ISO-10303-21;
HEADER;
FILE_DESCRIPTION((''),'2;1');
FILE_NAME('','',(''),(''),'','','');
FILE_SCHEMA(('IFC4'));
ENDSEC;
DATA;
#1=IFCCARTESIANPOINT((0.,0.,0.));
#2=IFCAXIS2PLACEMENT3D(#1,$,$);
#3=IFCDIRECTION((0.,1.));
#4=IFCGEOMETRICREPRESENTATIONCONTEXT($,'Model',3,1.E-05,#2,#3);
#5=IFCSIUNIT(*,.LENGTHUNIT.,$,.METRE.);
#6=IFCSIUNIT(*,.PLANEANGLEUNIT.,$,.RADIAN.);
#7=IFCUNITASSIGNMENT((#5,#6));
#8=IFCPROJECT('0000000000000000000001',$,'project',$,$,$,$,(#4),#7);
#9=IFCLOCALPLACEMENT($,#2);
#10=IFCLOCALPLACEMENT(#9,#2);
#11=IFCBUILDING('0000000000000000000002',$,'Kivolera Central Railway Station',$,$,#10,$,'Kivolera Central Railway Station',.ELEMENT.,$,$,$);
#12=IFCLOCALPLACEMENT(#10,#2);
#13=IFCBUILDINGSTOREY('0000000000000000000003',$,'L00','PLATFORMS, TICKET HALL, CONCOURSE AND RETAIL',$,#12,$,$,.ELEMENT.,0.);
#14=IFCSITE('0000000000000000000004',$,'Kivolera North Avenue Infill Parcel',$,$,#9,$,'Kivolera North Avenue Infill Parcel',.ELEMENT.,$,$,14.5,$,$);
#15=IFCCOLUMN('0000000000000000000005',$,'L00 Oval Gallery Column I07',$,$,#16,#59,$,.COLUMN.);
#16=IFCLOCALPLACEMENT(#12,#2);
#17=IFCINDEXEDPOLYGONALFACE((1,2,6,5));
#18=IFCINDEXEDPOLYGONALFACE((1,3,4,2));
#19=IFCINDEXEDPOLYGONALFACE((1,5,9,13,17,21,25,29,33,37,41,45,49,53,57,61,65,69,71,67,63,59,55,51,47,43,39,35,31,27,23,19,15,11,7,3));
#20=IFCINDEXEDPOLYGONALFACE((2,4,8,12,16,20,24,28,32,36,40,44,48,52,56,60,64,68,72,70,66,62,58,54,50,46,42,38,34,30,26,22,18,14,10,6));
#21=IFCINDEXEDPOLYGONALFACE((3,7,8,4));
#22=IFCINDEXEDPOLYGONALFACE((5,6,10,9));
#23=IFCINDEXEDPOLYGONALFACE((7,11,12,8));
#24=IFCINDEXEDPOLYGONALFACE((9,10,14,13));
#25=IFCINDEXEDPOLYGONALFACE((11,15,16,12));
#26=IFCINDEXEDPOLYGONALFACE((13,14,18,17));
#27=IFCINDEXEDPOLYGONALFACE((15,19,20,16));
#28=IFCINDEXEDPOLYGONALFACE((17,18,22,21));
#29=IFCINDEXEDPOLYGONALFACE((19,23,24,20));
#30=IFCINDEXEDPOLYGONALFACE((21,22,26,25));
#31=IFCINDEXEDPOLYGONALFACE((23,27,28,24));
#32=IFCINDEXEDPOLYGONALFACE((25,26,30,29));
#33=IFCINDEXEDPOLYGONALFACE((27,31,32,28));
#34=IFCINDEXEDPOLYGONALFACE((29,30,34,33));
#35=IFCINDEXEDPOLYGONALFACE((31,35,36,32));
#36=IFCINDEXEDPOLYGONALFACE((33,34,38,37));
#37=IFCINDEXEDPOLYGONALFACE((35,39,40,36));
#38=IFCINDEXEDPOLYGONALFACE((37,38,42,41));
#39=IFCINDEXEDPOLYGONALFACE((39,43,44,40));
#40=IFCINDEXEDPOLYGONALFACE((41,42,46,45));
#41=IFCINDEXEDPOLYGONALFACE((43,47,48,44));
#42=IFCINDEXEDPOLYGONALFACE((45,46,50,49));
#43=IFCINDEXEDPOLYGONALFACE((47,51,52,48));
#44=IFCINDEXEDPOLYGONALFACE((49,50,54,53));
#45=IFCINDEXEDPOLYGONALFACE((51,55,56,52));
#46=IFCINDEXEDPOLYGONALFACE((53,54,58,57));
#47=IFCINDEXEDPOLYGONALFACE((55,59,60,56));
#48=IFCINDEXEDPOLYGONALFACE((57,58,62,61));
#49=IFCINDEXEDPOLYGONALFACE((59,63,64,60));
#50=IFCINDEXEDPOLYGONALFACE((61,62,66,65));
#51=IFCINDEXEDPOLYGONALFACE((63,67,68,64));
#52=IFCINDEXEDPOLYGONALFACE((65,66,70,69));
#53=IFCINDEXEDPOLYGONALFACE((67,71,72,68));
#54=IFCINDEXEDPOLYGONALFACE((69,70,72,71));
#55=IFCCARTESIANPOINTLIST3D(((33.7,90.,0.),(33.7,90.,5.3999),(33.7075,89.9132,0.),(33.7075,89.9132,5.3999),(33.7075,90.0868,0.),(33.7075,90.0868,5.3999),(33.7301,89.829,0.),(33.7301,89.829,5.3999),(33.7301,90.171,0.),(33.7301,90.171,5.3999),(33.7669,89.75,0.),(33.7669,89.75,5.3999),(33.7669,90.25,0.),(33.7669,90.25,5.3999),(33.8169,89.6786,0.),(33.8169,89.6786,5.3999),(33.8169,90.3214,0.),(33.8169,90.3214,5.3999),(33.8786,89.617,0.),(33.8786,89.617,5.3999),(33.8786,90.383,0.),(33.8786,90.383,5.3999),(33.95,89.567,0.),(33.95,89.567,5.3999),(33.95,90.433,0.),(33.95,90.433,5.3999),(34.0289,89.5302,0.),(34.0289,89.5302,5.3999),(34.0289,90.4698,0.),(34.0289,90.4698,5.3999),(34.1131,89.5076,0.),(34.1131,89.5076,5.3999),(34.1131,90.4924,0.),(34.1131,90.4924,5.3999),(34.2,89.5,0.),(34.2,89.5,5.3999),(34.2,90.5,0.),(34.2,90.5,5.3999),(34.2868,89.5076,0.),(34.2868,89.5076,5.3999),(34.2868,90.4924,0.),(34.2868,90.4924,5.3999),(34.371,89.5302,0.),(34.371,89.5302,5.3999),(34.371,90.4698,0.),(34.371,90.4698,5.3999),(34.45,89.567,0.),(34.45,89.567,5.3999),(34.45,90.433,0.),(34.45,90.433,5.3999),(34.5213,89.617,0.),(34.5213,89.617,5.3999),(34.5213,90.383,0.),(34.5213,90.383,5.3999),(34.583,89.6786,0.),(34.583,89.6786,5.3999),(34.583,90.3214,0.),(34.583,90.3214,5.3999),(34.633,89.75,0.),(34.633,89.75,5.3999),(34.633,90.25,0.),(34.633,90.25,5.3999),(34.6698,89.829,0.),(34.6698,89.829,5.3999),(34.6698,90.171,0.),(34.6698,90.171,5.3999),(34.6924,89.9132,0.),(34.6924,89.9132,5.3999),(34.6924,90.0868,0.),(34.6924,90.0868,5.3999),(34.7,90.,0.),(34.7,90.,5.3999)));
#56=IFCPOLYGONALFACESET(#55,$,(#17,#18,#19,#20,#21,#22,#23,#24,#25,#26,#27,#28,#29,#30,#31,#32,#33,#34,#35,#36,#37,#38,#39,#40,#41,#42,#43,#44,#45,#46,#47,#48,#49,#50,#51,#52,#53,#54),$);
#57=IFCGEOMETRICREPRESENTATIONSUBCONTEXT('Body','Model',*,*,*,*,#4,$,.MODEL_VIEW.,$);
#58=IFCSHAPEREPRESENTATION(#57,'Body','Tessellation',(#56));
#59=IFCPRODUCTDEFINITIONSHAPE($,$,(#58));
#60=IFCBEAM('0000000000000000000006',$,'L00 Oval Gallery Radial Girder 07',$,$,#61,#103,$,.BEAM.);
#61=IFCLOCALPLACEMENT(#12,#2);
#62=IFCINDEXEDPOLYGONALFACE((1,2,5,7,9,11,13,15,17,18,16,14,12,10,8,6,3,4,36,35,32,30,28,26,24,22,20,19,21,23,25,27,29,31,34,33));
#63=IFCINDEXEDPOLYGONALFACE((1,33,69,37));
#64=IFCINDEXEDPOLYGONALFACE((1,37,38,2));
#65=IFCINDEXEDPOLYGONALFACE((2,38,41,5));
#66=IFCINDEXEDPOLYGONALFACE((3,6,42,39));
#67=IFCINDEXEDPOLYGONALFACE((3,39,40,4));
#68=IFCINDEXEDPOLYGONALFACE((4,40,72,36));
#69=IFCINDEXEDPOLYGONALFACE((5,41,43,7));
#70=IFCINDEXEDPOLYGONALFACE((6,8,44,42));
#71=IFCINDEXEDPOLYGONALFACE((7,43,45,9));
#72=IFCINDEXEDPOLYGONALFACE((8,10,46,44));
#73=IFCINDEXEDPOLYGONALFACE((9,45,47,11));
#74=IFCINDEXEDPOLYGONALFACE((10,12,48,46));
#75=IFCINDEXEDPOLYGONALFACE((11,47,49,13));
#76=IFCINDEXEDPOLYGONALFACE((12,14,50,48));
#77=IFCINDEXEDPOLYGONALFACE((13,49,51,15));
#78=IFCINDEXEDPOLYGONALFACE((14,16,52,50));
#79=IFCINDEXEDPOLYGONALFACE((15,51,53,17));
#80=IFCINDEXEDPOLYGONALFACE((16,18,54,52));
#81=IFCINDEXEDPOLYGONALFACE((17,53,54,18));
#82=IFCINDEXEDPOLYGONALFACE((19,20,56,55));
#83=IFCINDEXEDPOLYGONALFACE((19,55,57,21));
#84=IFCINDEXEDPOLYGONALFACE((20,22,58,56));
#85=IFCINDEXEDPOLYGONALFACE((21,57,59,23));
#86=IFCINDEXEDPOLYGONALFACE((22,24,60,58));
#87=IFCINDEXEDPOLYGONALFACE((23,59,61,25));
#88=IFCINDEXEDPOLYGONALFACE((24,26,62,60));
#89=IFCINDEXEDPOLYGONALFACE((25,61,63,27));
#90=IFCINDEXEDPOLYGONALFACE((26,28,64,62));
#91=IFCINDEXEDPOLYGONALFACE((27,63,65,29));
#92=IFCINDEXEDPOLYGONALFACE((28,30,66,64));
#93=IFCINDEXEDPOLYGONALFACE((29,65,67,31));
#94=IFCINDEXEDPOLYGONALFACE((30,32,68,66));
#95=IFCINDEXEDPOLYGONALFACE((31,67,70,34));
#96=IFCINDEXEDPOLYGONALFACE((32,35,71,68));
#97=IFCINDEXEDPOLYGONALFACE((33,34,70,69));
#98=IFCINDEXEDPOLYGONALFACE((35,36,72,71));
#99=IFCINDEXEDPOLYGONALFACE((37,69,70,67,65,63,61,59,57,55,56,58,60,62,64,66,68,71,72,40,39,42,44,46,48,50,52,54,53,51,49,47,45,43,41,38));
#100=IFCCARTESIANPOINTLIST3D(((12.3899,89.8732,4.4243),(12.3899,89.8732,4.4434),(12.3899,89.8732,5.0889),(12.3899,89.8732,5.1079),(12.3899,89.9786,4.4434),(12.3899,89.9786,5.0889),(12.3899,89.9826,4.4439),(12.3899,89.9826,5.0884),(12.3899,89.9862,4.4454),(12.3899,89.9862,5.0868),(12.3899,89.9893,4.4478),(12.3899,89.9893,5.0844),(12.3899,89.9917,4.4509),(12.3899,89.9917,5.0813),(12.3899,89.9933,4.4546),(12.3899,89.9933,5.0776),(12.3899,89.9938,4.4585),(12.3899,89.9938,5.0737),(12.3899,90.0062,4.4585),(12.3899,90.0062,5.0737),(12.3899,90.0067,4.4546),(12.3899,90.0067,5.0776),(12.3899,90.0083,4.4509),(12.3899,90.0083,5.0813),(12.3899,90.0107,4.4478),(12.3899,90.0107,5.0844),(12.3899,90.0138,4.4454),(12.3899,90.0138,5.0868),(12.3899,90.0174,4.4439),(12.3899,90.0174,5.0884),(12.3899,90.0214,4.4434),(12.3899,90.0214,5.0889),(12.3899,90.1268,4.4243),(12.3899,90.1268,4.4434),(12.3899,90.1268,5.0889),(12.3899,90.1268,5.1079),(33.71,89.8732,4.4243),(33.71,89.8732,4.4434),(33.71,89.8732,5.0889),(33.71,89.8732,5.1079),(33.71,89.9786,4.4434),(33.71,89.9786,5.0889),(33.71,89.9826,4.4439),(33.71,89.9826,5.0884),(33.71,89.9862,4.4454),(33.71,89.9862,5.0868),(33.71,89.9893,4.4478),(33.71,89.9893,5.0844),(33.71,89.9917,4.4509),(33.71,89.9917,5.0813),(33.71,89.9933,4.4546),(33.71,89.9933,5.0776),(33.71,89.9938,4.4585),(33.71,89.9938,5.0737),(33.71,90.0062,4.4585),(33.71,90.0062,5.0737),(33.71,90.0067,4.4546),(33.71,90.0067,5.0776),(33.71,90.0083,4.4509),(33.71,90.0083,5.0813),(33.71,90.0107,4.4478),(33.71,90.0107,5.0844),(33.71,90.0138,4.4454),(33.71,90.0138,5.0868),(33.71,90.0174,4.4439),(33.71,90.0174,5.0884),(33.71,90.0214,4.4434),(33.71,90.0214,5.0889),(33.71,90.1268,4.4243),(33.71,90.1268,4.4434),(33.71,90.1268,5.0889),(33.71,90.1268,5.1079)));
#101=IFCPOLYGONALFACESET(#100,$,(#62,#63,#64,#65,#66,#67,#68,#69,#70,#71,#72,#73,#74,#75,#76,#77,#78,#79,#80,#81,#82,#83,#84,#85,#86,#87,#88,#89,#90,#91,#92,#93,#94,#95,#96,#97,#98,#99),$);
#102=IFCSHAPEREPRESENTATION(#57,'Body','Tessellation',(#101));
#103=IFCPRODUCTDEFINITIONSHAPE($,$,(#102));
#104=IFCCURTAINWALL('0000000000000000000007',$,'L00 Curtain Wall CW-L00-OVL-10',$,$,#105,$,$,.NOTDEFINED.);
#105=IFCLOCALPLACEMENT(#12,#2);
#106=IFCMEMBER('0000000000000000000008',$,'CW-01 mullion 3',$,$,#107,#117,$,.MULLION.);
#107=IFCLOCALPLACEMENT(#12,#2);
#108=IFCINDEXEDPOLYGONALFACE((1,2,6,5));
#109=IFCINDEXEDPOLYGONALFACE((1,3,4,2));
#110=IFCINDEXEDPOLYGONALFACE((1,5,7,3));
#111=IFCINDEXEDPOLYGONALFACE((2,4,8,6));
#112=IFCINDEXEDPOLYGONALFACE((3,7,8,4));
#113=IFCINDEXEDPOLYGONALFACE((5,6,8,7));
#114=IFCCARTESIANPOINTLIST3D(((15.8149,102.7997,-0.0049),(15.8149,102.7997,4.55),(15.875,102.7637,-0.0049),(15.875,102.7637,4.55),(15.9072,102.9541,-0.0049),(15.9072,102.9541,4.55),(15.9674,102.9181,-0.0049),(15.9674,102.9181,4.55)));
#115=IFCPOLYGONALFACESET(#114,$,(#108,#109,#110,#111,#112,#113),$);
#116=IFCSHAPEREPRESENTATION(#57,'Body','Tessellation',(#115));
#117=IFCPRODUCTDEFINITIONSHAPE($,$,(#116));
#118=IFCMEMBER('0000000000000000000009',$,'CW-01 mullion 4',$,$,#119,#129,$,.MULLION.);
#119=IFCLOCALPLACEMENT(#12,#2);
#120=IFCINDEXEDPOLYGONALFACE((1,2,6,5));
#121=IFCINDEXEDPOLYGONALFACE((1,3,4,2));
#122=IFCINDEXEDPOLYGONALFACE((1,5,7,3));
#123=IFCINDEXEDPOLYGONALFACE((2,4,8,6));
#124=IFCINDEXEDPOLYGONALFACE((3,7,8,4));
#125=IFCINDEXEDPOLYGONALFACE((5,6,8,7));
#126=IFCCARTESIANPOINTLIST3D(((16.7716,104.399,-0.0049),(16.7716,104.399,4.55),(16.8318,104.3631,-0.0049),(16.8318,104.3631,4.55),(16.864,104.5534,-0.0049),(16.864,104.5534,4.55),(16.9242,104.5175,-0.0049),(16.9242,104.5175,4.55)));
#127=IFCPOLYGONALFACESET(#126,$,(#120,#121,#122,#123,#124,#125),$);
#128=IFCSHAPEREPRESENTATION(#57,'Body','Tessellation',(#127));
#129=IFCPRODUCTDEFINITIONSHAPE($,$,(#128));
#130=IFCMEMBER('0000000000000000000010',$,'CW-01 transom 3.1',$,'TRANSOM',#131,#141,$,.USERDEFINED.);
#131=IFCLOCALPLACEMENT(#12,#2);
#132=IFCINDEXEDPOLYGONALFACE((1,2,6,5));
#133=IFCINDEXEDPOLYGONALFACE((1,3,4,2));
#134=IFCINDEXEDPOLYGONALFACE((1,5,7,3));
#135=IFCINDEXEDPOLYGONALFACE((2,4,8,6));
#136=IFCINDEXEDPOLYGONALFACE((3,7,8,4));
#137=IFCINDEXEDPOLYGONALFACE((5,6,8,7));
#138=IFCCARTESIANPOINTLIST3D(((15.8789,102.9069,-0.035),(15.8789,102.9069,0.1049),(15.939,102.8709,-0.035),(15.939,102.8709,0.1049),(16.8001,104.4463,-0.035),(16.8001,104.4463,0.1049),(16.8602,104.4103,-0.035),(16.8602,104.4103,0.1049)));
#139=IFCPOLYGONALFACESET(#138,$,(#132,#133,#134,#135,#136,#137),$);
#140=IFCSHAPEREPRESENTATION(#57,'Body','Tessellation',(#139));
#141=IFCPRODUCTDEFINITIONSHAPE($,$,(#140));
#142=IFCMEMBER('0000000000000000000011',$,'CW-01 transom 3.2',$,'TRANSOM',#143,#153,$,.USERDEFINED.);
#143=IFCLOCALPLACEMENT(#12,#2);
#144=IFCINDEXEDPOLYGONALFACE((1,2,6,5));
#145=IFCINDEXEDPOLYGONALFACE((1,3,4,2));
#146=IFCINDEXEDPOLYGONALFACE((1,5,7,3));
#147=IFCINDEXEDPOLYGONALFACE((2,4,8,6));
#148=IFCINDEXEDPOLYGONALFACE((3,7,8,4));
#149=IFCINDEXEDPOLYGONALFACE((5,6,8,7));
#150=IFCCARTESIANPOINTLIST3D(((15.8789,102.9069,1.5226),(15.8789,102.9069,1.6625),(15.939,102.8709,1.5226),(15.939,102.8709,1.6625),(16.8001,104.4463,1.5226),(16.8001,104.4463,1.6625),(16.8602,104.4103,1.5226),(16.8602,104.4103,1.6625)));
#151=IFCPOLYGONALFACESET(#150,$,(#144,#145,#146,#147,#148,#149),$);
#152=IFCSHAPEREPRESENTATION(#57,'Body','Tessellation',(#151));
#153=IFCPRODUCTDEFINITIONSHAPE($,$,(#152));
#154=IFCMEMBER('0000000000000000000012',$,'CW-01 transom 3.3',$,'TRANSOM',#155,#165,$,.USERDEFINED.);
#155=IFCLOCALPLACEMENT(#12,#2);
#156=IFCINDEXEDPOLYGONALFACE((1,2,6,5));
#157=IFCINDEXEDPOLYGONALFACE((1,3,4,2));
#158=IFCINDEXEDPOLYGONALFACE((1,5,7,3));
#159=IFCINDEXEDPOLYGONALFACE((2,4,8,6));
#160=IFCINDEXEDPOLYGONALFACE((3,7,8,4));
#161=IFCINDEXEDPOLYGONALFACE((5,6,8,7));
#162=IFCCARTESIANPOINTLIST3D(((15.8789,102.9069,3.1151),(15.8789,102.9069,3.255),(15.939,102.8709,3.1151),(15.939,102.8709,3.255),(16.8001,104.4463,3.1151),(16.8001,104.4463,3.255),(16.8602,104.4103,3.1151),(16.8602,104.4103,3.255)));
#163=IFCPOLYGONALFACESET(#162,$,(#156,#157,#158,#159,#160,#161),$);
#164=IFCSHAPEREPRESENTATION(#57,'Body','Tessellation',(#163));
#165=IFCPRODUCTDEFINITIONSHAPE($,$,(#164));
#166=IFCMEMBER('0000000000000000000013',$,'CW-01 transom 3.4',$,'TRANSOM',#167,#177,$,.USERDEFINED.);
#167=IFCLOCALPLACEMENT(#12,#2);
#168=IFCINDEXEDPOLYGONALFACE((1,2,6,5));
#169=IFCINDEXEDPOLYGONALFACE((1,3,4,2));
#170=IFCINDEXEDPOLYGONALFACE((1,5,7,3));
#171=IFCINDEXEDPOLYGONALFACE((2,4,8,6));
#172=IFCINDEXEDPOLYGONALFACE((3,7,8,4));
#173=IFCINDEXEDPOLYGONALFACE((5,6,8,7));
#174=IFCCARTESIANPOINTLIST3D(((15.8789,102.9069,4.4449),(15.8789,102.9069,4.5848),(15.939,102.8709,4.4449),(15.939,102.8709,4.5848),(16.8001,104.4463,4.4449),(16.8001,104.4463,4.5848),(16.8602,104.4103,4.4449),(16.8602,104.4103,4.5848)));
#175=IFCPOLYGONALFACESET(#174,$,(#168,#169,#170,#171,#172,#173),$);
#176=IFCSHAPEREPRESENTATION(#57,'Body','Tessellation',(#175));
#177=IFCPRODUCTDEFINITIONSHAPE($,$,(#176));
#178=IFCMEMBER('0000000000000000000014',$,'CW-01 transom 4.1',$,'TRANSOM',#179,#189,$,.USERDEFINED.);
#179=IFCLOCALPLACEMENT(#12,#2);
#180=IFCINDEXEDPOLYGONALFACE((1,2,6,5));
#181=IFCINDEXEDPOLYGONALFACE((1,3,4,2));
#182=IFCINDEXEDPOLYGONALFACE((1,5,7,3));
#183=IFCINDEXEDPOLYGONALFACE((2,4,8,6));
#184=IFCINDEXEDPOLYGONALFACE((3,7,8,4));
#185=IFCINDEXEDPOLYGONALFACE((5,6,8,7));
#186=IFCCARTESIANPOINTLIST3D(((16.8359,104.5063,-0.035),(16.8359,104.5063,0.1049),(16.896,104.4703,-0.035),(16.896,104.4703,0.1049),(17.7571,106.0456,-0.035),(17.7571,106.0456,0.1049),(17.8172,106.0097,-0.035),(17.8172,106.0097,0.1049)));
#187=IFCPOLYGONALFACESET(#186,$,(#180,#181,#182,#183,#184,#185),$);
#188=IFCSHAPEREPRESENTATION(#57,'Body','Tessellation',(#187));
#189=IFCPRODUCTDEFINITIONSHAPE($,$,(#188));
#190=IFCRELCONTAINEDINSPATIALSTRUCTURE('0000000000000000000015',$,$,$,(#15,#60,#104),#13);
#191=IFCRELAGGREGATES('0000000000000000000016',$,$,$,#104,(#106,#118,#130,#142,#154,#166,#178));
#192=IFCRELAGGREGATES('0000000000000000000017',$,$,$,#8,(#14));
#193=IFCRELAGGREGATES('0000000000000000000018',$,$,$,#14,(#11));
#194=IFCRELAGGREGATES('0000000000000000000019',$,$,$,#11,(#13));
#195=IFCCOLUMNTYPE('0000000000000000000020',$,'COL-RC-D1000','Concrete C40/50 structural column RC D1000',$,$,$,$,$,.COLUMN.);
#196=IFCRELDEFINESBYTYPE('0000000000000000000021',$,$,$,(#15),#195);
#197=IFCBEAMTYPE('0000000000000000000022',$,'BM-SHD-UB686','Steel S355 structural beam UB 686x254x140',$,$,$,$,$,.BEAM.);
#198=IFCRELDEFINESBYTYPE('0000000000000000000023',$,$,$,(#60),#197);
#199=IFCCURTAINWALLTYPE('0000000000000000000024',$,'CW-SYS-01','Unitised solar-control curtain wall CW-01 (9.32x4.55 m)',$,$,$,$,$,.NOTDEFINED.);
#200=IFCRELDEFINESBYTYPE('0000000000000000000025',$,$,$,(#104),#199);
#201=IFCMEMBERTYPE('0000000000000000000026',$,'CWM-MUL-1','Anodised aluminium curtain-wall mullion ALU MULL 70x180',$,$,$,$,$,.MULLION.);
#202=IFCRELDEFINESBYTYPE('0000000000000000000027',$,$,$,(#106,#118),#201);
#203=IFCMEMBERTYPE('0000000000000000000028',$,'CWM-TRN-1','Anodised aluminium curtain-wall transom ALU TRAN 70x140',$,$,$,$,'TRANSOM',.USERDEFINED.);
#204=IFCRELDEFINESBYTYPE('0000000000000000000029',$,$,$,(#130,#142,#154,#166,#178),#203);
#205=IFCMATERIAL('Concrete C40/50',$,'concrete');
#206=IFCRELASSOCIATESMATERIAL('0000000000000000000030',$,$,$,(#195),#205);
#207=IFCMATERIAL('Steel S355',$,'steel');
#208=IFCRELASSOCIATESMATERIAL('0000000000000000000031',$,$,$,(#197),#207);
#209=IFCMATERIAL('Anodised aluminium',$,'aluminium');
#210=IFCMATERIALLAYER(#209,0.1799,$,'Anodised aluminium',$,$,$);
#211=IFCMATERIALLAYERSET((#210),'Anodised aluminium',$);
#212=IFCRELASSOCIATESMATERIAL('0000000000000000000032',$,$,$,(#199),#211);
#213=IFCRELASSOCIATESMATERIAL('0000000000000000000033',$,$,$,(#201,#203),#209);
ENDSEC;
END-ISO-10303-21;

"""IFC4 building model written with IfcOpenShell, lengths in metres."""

from ifc_helpers import new_model, si_unit, direction, frame, origin, origin_2d, place, context, subcontext, project, spatial, rectangle, circle, i_section, extrude, material, layer, layer_set, material_profile, profile_set, type_object, element, aggregate, save


model = new_model("IFC4")

# Units and contexts
model_context = context("Model", 3, precision=1e-05, world=origin(), true_north=direction((0.0, 1.0)))
body_context = subcontext(model_context, "Body", "Model", "MODEL_VIEW")
ifc_project = project(units=[si_unit("LENGTHUNIT", "METRE"), si_unit("PLANEANGLEUNIT", "RADIAN")], contexts=[model_context])

# Site, building, storey
site_placement = place(None, origin())
site = spatial("IfcSite", under=ifc_project, at=site_placement, Name="Kivolera North Avenue Infill Parcel", LongName="Kivolera North Avenue Infill Parcel", CompositionType="ELEMENT", RefElevation=14.5)
building_placement = place(site_placement, origin())
building = spatial("IfcBuilding", under=site, at=building_placement, Name="Kivolera Central Railway Station", LongName="Kivolera Central Railway Station", CompositionType="ELEMENT")
storey_placement = place(building_placement, origin())
storey = spatial("IfcBuildingStorey", under=building, at=storey_placement, Name="L00", Description="PLATFORMS, TICKET HALL, CONCOURSE AND RETAIL", CompositionType="ELEMENT", Elevation=0.0)

# Column
ifc_material_1 = material(Name="Concrete C40/50", Category="concrete")
ifc_material_profile_1 = material_profile(ifc_material_1, circle(Radius=0.5, at=origin_2d()), Name="RC D1000")
ifc_profile_set_1 = profile_set([ifc_material_profile_1], Name="Concrete C40/50")
column_type = type_object("IfcColumnType", Name="COL-RC-D1000", Description="Concrete C40/50 structural column RC D1000", PredefinedType="COLUMN", material=ifc_profile_set_1)
column_placement = place(storey_placement, frame((34.2, 90.0, 0.0), z_axis=(0.0, 0.0, 1.0), x_axis=(1.0, 0.0, 0.0)))
element("IfcColumn", 1, at=column_placement, inside=storey, type_object=column_type, Name="L00 Oval Gallery Column I07", PredefinedType="COLUMN", context=body_context, shape_type="SweptSolid", body=[
    extrude(circle(Radius=0.5, at=origin_2d()), origin(), (0.0, 0.0, 1.0), 5.3999),
])

# Beam
ifc_material_2 = material(Name="Steel S355", Category="steel")
ifc_material_profile_2 = material_profile(ifc_material_2, i_section(OverallWidth=0.2537, OverallDepth=0.6836, WebThickness=0.0125, FlangeThickness=0.019, FilletRadius=0.0151, at=origin_2d()), Name="UB 686x254x140")
ifc_profile_set_2 = profile_set([ifc_material_profile_2], Name="Steel S355")
beam_type = type_object("IfcBeamType", Name="BM-SHD-UB686", Description="Steel S355 structural beam UB 686x254x140", PredefinedType="BEAM", material=ifc_profile_set_2)
beam_placement = place(storey_placement, frame((33.71, 90.0, 4.7661), z_axis=(-1.0, 0.0, 0.0), x_axis=(0.0, -1.0, 0.0)))
element("IfcBeam", 2, at=beam_placement, inside=storey, type_object=beam_type, Name="L00 Oval Gallery Radial Girder 07", PredefinedType="BEAM", context=body_context, shape_type="SweptSolid", body=[
    extrude(i_section(OverallWidth=0.2537, OverallDepth=0.6836, WebThickness=0.0125, FlangeThickness=0.019, FilletRadius=0.0151, at=origin_2d()), origin(), (0.0, 0.0, 1.0), 21.3201),
])

# Curtain wall, members
ifc_material_3 = material(Name="Anodised aluminium", Category="aluminium")
ifc_layer_1 = layer(ifc_material_3, 0.1799, Name="Anodised aluminium")
ifc_layer_set_1 = layer_set([ifc_layer_1], Name="Anodised aluminium")
curtain_wall_type = type_object("IfcCurtainWallType", Name="CW-SYS-01", Description="Unitised solar-control curtain wall CW-01 (9.32x4.55 m)", PredefinedType="NOTDEFINED", material=ifc_layer_set_1)
curtain_wall_placement = place(storey_placement, origin())
curtain_wall = element("IfcCurtainWall", 3, at=curtain_wall_placement, inside=storey, type_object=curtain_wall_type, Name="L00 Curtain Wall CW-L00-OVL-10", PredefinedType="NOTDEFINED")
ifc_material_profile_3 = material_profile(ifc_material_3, rectangle(XDim=0.0701, YDim=0.1799, at=origin_2d()), Name="ALU MULL 70x180")
ifc_profile_set_3 = profile_set([ifc_material_profile_3], Name="Anodised aluminium")
member_type_1 = type_object("IfcMemberType", Name="CWM-MUL-1", Description="Anodised aluminium curtain-wall mullion ALU MULL 70x180", PredefinedType="MULLION", material=ifc_profile_set_3)
member_1_placement = place(storey_placement, frame((15.8911, 102.8589, -0.0049), z_axis=(0.0, 0.0, 1.0), x_axis=(-0.858117, 0.513454, 0.0)))
member_1 = element("IfcMember", 4, at=member_1_placement, type_object=member_type_1, Name="CW-01 mullion 3", PredefinedType="MULLION", context=body_context, shape_type="SweptSolid", body=[
    extrude(rectangle(XDim=0.0701, YDim=0.1799, at=origin_2d()), origin(), (0.0, 0.0, 1.0), 4.5549),
])
member_2_placement = place(storey_placement, frame((16.8479, 104.4583, -0.0049), z_axis=(0.0, 0.0, 1.0), x_axis=(-0.858117, 0.513454, 0.0)))
member_2 = element("IfcMember", 5, at=member_2_placement, type_object=member_type_1, Name="CW-01 mullion 4", PredefinedType="MULLION", context=body_context, shape_type="SweptSolid", body=[
    extrude(rectangle(XDim=0.0701, YDim=0.1799, at=origin_2d()), origin(), (0.0, 0.0, 1.0), 4.5549),
])
ifc_material_profile_4 = material_profile(ifc_material_3, rectangle(XDim=0.0701, YDim=0.1399, at=origin_2d()), Name="ALU TRAN 70x140")
ifc_profile_set_4 = profile_set([ifc_material_profile_4], Name="Anodised aluminium")
member_type_2 = type_object("IfcMemberType", Name="CWM-TRN-1", Description="Anodised aluminium curtain-wall transom ALU TRAN 70x140", ElementType="TRANSOM", PredefinedType="USERDEFINED", material=ifc_profile_set_4)
member_3_placement = place(storey_placement, frame((15.9089, 102.8889, 0.0349), z_axis=(0.513495, 0.858093, 0.0), x_axis=(-0.858093, 0.513495, 0.0)))
member_3 = element("IfcMember", 6, at=member_3_placement, type_object=member_type_2, Name="CW-01 transom 3.1", ObjectType="TRANSOM", PredefinedType="USERDEFINED", context=body_context, shape_type="SweptSolid", body=[
    extrude(rectangle(XDim=0.0701, YDim=0.1399, at=origin_2d()), origin(), (0.0, 0.0, 1.0), 1.7939),
])
member_4_placement = place(storey_placement, frame((15.9089, 102.8889, 1.5925), z_axis=(0.513495, 0.858093, 0.0), x_axis=(-0.858093, 0.513495, 0.0)))
member_4 = element("IfcMember", 7, at=member_4_placement, type_object=member_type_2, Name="CW-01 transom 3.2", ObjectType="TRANSOM", PredefinedType="USERDEFINED", context=body_context, shape_type="SweptSolid", body=[
    extrude(rectangle(XDim=0.0701, YDim=0.1399, at=origin_2d()), origin(), (0.0, 0.0, 1.0), 1.7939),
])
member_5_placement = place(storey_placement, frame((15.9089, 102.8889, 3.1851), z_axis=(0.513495, 0.858093, 0.0), x_axis=(-0.858093, 0.513495, 0.0)))
member_5 = element("IfcMember", 8, at=member_5_placement, type_object=member_type_2, Name="CW-01 transom 3.3", ObjectType="TRANSOM", PredefinedType="USERDEFINED", context=body_context, shape_type="SweptSolid", body=[
    extrude(rectangle(XDim=0.0701, YDim=0.1399, at=origin_2d()), origin(), (0.0, 0.0, 1.0), 1.7939),
])
member_6_placement = place(storey_placement, frame((15.9089, 102.8889, 4.5149), z_axis=(0.513495, 0.858093, 0.0), x_axis=(-0.858093, 0.513495, 0.0)))
member_6 = element("IfcMember", 9, at=member_6_placement, type_object=member_type_2, Name="CW-01 transom 3.4", ObjectType="TRANSOM", PredefinedType="USERDEFINED", context=body_context, shape_type="SweptSolid", body=[
    extrude(rectangle(XDim=0.0701, YDim=0.1399, at=origin_2d()), origin(), (0.0, 0.0, 1.0), 1.7939),
])
member_7_placement = place(storey_placement, frame((16.866, 104.4883, 0.0349), z_axis=(0.513495, 0.858093, 0.0), x_axis=(-0.858093, 0.513495, 0.0)))
member_7 = element("IfcMember", 10, at=member_7_placement, type_object=member_type_2, Name="CW-01 transom 4.1", ObjectType="TRANSOM", PredefinedType="USERDEFINED", context=body_context, shape_type="SweptSolid", body=[
    extrude(rectangle(XDim=0.0701, YDim=0.1399, at=origin_2d()), origin(), (0.0, 0.0, 1.0), 1.7939),
])
aggregate(curtain_wall, [member_1, member_2, member_3, member_4, member_5, member_6, member_7])

save(model, "model.ifc")
